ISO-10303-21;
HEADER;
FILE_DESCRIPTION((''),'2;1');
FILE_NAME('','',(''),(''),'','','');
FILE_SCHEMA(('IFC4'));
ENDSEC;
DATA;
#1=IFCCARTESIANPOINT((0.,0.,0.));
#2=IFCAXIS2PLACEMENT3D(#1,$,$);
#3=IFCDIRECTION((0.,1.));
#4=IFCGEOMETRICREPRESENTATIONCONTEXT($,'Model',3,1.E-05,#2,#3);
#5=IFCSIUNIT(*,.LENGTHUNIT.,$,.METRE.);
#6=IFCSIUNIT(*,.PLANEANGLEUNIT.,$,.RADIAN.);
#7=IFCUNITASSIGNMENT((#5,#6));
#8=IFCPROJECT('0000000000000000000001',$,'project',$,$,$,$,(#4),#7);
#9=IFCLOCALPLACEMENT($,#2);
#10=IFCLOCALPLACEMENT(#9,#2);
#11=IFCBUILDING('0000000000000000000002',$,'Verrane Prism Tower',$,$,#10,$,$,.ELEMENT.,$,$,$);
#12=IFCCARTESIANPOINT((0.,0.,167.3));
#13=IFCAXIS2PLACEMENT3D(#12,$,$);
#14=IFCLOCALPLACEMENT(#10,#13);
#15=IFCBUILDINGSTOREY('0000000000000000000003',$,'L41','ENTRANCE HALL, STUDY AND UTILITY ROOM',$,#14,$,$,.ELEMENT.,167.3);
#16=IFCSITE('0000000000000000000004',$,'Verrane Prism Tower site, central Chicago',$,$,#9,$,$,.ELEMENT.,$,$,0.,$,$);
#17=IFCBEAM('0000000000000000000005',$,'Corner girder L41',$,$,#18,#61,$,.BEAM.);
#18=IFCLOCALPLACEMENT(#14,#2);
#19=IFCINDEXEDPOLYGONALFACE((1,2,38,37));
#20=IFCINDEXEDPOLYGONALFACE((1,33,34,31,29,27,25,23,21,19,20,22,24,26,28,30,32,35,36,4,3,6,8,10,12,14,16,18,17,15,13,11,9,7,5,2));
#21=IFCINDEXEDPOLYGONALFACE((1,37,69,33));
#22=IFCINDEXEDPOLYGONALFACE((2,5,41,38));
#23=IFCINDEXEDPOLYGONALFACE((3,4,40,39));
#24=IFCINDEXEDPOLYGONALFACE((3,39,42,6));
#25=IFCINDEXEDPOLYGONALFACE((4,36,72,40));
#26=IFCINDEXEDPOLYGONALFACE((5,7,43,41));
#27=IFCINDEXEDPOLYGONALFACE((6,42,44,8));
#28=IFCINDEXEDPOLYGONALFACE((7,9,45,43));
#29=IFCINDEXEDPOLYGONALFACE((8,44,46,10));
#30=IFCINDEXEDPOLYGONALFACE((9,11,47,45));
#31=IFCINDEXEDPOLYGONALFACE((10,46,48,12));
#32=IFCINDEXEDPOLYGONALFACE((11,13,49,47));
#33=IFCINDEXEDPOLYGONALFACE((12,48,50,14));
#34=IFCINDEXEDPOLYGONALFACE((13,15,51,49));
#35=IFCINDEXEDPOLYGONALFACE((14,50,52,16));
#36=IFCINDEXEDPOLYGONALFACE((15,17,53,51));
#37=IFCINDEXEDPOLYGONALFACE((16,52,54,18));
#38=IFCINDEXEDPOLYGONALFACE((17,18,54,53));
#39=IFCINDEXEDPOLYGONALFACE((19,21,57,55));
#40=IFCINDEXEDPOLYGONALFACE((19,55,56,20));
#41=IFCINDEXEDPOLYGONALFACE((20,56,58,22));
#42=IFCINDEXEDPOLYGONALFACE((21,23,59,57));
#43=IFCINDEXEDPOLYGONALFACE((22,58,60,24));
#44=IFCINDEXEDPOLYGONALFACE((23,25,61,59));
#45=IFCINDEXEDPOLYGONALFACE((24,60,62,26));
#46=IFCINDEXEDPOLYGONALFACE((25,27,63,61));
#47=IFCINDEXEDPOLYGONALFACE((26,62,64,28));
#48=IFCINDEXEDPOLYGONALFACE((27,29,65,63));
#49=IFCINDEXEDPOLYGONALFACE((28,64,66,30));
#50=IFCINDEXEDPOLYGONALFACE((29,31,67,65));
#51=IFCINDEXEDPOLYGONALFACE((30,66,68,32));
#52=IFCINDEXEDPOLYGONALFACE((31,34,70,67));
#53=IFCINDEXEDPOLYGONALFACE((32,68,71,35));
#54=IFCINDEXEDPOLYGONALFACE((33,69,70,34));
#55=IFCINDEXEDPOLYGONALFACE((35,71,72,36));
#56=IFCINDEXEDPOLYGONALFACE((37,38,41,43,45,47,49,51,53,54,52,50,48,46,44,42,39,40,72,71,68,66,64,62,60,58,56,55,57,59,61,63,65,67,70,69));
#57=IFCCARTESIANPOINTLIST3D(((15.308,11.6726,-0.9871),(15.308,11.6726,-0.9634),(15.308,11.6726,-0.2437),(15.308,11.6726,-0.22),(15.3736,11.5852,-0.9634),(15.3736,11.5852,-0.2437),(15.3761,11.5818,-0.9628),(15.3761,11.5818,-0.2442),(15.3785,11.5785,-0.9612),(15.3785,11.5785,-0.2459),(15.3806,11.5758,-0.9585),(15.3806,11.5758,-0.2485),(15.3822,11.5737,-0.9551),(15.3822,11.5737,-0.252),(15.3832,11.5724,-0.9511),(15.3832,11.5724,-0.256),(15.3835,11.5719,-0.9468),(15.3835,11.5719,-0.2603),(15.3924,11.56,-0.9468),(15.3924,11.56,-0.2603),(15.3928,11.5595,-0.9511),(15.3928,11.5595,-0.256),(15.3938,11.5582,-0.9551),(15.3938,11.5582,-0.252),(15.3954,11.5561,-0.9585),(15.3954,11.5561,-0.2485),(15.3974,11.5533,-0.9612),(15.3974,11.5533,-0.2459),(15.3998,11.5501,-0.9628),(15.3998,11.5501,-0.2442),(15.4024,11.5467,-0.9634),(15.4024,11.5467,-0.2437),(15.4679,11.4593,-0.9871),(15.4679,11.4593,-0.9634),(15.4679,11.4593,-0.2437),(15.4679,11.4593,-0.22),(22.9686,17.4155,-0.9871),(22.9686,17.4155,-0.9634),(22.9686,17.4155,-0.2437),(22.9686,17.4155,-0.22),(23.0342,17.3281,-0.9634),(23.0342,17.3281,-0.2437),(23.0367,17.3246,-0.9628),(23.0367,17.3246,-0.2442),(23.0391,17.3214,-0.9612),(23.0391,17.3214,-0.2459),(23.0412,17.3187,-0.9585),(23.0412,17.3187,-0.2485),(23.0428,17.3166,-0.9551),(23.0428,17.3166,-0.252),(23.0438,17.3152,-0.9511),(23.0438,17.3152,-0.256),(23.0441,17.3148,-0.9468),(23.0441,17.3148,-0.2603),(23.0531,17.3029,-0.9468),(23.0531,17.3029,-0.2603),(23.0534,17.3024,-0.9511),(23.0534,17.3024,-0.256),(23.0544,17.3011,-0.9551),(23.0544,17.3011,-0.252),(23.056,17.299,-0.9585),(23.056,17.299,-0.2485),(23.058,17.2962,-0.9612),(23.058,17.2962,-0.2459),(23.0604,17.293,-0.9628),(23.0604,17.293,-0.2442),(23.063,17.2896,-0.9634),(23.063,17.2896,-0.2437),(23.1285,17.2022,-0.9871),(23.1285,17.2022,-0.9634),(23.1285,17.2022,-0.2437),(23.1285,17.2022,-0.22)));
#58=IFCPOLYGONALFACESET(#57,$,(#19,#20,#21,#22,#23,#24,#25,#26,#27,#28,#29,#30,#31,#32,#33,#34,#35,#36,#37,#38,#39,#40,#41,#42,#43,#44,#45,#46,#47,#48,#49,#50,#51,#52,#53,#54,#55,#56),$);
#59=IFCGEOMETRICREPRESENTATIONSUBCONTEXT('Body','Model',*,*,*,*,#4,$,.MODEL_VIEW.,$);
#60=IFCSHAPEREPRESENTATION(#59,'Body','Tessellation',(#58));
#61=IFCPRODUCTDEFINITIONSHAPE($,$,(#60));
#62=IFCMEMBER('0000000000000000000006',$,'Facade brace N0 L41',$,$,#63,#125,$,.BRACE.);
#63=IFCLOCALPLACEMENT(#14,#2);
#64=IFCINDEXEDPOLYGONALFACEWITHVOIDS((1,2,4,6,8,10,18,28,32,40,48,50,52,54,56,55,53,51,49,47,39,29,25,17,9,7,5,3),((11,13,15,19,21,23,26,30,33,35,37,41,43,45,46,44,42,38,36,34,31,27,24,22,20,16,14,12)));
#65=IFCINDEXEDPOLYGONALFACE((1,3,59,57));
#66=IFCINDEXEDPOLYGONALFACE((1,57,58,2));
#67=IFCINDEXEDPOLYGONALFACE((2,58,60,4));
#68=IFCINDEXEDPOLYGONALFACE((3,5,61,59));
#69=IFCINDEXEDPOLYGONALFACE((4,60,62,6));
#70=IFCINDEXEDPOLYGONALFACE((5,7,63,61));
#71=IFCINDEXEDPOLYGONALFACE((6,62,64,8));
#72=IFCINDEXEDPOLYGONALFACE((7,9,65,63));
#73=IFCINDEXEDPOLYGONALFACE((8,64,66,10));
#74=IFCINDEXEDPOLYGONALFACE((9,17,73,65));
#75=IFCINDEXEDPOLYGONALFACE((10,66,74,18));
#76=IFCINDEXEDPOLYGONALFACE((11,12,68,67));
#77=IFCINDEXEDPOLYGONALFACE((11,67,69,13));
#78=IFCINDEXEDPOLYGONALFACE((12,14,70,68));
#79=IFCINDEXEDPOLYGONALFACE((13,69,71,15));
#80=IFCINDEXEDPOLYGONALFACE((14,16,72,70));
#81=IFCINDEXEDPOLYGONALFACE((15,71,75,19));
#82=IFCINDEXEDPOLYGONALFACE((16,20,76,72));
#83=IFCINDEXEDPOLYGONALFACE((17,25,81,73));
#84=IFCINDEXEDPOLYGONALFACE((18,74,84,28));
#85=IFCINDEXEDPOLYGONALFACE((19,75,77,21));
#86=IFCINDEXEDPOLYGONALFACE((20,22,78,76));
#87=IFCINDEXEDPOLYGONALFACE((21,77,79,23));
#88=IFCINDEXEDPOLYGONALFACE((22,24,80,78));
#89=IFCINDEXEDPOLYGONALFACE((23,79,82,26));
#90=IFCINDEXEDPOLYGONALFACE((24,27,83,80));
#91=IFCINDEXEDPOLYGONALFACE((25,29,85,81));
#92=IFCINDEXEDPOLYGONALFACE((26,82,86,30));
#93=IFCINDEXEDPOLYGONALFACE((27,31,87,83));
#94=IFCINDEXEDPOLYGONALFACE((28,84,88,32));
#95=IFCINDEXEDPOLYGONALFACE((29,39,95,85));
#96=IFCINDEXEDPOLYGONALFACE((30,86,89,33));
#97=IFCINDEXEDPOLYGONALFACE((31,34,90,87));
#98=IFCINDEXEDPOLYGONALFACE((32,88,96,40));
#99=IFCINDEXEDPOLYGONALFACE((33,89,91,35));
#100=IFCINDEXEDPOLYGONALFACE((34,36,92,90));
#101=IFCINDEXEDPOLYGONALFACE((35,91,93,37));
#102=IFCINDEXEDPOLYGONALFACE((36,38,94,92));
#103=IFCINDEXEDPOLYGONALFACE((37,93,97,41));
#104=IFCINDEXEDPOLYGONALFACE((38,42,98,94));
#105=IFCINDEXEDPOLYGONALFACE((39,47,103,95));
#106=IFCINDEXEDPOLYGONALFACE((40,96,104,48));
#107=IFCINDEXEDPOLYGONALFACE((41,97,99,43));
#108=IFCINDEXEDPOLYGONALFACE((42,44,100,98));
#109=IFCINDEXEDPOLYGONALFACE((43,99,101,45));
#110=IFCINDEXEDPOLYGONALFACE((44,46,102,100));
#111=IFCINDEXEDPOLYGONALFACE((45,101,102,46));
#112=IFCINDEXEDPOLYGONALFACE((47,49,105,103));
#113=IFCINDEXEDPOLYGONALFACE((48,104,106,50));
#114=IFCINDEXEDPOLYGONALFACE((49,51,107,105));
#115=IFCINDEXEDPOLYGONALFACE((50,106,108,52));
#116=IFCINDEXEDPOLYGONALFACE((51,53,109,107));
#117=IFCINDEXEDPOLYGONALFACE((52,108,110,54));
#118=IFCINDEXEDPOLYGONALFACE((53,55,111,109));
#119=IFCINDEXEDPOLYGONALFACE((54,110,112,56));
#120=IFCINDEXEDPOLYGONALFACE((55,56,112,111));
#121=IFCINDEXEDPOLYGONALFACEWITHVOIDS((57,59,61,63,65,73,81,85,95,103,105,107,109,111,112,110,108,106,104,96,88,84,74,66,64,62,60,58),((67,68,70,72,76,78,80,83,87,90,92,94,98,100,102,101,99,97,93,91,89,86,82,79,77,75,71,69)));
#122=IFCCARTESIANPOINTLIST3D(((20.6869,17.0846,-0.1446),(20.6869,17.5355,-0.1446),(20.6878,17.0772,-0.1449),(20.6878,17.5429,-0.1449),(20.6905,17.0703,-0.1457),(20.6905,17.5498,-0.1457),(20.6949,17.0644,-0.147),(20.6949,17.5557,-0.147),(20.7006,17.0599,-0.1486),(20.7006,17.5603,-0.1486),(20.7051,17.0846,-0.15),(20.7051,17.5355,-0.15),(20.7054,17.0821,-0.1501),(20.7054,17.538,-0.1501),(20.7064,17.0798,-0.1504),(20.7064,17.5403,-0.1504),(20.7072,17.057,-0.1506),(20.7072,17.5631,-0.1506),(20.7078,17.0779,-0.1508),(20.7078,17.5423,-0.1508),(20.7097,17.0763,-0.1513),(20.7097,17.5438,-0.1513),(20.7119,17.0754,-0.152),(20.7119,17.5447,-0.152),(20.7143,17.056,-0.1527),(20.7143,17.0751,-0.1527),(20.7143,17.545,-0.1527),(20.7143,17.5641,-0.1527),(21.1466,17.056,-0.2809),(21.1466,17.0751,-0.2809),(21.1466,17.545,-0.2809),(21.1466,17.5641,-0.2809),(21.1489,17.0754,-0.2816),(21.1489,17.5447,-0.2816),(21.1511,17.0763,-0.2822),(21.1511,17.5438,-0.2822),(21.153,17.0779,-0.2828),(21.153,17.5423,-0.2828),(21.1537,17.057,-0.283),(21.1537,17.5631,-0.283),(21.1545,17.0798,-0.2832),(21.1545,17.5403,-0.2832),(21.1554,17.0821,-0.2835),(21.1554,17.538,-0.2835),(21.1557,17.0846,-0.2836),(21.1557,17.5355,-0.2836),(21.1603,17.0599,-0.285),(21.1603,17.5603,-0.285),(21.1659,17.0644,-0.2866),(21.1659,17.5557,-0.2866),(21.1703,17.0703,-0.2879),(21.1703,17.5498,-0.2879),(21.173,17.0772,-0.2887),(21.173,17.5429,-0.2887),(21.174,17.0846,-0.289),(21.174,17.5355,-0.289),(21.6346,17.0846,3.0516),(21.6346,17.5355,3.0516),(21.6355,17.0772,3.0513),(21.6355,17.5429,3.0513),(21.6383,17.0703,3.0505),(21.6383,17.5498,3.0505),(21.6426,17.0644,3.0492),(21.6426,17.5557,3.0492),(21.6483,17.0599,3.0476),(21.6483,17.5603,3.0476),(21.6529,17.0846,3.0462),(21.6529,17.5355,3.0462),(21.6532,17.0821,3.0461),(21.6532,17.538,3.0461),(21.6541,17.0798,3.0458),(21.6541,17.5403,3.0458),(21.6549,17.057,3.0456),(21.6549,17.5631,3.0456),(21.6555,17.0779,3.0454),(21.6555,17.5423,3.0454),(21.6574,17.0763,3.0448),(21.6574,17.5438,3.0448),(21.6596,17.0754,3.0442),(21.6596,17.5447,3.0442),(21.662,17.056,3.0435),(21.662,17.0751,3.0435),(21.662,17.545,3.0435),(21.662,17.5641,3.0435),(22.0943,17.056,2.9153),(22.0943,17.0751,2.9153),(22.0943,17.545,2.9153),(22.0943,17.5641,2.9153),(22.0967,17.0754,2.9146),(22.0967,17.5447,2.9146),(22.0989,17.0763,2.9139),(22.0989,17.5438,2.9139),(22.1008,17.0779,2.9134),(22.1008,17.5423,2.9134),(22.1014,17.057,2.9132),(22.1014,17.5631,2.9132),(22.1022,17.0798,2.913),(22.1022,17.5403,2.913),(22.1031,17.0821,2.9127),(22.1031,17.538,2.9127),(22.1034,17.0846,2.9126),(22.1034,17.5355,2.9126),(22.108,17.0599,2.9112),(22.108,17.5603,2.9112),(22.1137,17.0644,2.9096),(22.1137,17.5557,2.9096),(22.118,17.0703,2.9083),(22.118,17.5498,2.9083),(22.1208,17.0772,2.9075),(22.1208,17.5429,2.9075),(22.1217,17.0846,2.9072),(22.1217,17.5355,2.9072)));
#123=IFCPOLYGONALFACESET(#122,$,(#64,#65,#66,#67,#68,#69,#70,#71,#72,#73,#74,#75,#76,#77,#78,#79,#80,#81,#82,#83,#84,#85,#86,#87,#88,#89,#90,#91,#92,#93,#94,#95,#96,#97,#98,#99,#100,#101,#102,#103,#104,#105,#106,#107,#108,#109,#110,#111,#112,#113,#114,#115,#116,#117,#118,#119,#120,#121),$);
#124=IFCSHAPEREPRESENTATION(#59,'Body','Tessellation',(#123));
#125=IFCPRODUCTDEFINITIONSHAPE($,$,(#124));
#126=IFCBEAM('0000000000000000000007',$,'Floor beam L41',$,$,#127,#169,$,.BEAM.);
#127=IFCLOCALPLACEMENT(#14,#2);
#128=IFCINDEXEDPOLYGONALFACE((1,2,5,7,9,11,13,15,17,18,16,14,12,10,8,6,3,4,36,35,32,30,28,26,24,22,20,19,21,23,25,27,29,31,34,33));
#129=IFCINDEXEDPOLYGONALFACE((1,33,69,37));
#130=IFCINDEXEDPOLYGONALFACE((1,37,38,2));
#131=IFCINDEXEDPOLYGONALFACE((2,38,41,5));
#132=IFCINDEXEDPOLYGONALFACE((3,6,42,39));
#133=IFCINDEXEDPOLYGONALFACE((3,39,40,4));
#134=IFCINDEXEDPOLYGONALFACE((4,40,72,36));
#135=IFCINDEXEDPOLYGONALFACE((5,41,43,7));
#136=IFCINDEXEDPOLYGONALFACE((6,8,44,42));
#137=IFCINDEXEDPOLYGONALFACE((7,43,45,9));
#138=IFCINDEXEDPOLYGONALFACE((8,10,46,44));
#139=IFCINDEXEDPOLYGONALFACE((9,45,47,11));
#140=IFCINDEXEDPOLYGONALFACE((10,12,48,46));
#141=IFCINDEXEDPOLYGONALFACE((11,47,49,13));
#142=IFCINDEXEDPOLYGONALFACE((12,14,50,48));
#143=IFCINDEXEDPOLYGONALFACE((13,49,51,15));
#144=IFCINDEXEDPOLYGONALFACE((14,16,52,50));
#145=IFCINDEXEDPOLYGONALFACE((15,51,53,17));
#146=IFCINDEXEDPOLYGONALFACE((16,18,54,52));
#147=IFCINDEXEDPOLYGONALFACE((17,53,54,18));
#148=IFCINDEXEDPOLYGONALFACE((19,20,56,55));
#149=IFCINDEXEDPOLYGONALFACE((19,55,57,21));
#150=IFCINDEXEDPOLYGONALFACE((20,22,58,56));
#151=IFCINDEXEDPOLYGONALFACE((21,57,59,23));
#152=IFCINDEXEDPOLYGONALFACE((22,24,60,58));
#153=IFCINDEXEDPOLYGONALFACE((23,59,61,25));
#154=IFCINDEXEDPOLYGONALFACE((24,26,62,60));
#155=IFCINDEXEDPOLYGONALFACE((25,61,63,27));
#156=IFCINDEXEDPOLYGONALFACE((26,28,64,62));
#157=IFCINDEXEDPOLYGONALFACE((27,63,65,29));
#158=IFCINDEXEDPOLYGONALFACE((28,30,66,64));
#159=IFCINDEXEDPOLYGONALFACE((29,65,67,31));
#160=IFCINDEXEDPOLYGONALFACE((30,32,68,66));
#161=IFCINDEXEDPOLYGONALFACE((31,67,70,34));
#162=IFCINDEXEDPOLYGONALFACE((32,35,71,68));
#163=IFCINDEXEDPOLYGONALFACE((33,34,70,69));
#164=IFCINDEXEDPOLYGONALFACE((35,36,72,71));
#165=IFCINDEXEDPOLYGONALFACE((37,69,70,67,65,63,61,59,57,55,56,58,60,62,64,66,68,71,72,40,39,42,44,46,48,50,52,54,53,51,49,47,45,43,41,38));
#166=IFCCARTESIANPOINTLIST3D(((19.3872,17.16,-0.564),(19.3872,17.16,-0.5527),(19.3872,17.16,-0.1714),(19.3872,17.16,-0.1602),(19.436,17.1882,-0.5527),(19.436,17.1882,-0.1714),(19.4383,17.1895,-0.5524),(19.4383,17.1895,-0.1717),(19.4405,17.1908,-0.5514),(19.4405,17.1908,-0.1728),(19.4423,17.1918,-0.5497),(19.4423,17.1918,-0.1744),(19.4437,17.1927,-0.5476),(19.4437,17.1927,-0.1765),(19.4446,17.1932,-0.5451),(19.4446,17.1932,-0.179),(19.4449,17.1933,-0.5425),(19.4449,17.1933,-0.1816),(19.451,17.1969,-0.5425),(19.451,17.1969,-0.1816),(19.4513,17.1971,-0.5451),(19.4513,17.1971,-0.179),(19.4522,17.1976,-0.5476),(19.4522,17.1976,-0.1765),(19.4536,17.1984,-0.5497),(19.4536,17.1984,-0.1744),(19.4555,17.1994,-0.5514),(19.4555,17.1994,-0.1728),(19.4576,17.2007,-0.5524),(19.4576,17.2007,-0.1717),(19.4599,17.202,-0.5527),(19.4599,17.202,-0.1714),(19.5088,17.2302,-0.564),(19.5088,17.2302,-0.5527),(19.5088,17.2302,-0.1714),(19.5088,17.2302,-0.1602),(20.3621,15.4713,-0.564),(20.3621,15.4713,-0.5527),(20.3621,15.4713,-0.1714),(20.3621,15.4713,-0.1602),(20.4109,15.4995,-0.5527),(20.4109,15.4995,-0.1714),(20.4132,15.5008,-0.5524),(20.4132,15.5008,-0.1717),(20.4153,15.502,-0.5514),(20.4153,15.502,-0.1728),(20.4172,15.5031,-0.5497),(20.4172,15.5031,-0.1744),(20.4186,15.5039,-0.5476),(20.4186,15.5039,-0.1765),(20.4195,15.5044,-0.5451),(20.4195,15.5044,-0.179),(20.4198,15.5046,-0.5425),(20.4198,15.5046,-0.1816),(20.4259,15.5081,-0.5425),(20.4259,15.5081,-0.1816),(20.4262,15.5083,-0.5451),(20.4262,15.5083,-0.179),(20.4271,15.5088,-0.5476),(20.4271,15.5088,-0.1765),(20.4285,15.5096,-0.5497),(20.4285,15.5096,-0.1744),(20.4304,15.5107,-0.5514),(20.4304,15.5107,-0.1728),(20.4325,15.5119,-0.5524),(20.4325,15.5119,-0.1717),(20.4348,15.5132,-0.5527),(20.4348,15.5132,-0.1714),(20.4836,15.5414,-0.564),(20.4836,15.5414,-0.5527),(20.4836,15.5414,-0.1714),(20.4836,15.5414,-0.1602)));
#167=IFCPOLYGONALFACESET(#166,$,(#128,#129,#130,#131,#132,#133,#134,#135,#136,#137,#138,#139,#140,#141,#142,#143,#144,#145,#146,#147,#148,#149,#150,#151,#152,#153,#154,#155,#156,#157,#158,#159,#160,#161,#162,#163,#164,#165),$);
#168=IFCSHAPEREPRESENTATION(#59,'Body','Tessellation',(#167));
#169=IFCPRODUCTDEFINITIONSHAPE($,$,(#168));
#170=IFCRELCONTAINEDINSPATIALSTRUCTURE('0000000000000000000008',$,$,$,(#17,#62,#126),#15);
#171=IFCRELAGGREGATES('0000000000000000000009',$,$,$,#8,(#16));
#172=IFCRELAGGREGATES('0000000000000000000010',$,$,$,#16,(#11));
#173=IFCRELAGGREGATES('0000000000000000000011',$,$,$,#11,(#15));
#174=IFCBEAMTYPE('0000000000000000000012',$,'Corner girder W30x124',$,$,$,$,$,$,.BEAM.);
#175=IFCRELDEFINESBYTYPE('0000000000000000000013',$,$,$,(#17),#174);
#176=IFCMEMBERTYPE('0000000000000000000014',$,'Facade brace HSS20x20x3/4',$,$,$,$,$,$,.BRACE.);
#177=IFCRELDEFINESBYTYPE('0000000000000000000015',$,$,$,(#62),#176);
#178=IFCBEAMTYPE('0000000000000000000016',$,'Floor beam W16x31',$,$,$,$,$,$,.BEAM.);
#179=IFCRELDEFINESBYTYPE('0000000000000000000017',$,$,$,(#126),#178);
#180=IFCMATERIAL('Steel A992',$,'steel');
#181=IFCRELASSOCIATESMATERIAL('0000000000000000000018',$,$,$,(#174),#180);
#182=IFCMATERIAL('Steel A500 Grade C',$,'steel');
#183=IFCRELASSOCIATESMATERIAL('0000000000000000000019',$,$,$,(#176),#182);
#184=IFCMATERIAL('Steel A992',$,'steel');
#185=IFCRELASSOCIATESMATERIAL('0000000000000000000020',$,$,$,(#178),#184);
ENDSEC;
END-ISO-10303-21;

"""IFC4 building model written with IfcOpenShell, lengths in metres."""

from ifc_helpers import new_model, si_unit, direction, frame, origin, origin_2d, place, context, subcontext, project, spatial, hollow_rectangle, i_section, extrude, material, material_profile, profile_set, type_object, element, save


model = new_model("IFC4")

# Units and contexts
model_context = context("Model", 3, precision=1e-05, world=origin(), true_north=direction((0.0, 1.0)))
body_context = subcontext(model_context, "Body", "Model", "MODEL_VIEW")
ifc_project = project(units=[si_unit("LENGTHUNIT", "METRE"), si_unit("PLANEANGLEUNIT", "RADIAN")], contexts=[model_context])

# Site, building, storey
site_placement = place(None, origin())
site = spatial("IfcSite", under=ifc_project, at=site_placement, Name="Verrane Prism Tower site, central Chicago", CompositionType="ELEMENT", RefElevation=0.0)
building_placement = place(site_placement, origin())
building = spatial("IfcBuilding", under=site, at=building_placement, Name="Verrane Prism Tower", CompositionType="ELEMENT")
storey_placement = place(building_placement, frame((0.0, 0.0, 167.3)))
storey = spatial("IfcBuildingStorey", under=building, at=storey_placement, Name="L41", Description="ENTRANCE HALL, STUDY AND UTILITY ROOM", CompositionType="ELEMENT", Elevation=167.3)

# Beam
ifc_material_1 = material(Name="Steel A992", Category="steel")
ifc_material_profile_1 = material_profile(ifc_material_1, i_section(OverallWidth=0.2666, OverallDepth=0.7671, WebThickness=0.0149, FlangeThickness=0.0237, FilletRadius=0.0166, at=origin_2d()), Name="W30x124")
ifc_profile_set_1 = profile_set([ifc_material_profile_1], Name="Steel A992")
beam_type_1 = type_object("IfcBeamType", Name="Corner girder W30x124", PredefinedType="BEAM", material=ifc_profile_set_1)
beam_1_placement = place(storey_placement, frame((23.0486, 17.3088, -0.6035), z_axis=(-0.800128, -0.599829, 0.0), x_axis=(0.599829, -0.800128, 0.0)))
element("IfcBeam", 1, at=beam_1_placement, inside=storey, type_object=beam_type_1, Name="Corner girder L41", PredefinedType="BEAM", context=body_context, shape_type="SweptSolid", body=[
    extrude(i_section(OverallWidth=0.2666, OverallDepth=0.7671, WebThickness=0.0149, FlangeThickness=0.0237, FilletRadius=0.0166, at=origin_2d()), origin(), (0.0, 0.0, 1.0), 9.5742),
])

# Member
ifc_material_2 = material(Name="Steel A500 Grade C", Category="steel")
ifc_material_profile_2 = material_profile(ifc_material_2, hollow_rectangle(XDim=0.5081, YDim=0.5081, WallThickness=0.019, InnerFilletRadius=0.0095, OuterFilletRadius=0.0286, at=origin_2d()), Name="HSS20x20x3/4")
ifc_profile_set_2 = profile_set([ifc_material_profile_2], Name="Steel A500 Grade C")
member_type_1 = type_object("IfcMemberType", Name="Facade brace HSS20x20x3/4", PredefinedType="BRACE", material=ifc_profile_set_2)
member_1_placement = place(storey_placement, frame((20.9304, 17.3101, -0.2168), z_axis=(0.284283, 0.0, 0.95874), x_axis=(0.0, 1.0, 0.0)))
element("IfcMember", 2, at=member_1_placement, inside=storey, type_object=member_type_1, Name="Facade brace N0 L41", PredefinedType="BRACE", context=body_context, shape_type="SweptSolid", body=[
    extrude(hollow_rectangle(XDim=0.5081, YDim=0.5081, WallThickness=0.019, InnerFilletRadius=0.0095, OuterFilletRadius=0.0286, at=origin_2d()), origin(), (0.0, 0.0, 1.0), 3.3337),
])

# Beam
ifc_material_3 = material(Name="Steel A992", Category="steel")
ifc_material_profile_3 = material_profile(ifc_material_3, i_section(OverallWidth=0.1404, OverallDepth=0.4038, WebThickness=0.0071, FlangeThickness=0.0112, FilletRadius=0.0103, at=origin_2d()), Name="W16x31")
ifc_profile_set_3 = profile_set([ifc_material_profile_3], Name="Steel A992")
beam_type_2 = type_object("IfcBeamType", Name="Floor beam W16x31", PredefinedType="BEAM", material=ifc_profile_set_3)
beam_2_placement = place(storey_placement, frame((20.4229, 15.5063, -0.3621), z_axis=(-0.49995, 0.866054, 0.0), x_axis=(-0.866054, -0.49995, 0.0)))
element("IfcBeam", 3, at=beam_2_placement, inside=storey, type_object=beam_type_2, Name="Floor beam L41", PredefinedType="BEAM", context=body_context, shape_type="SweptSolid", body=[
    extrude(i_section(OverallWidth=0.1404, OverallDepth=0.4038, WebThickness=0.0071, FlangeThickness=0.0112, FilletRadius=0.0103, at=origin_2d()), origin(), (0.0, 0.0, 1.0), 1.95),
])

save(model, "model.ifc")
